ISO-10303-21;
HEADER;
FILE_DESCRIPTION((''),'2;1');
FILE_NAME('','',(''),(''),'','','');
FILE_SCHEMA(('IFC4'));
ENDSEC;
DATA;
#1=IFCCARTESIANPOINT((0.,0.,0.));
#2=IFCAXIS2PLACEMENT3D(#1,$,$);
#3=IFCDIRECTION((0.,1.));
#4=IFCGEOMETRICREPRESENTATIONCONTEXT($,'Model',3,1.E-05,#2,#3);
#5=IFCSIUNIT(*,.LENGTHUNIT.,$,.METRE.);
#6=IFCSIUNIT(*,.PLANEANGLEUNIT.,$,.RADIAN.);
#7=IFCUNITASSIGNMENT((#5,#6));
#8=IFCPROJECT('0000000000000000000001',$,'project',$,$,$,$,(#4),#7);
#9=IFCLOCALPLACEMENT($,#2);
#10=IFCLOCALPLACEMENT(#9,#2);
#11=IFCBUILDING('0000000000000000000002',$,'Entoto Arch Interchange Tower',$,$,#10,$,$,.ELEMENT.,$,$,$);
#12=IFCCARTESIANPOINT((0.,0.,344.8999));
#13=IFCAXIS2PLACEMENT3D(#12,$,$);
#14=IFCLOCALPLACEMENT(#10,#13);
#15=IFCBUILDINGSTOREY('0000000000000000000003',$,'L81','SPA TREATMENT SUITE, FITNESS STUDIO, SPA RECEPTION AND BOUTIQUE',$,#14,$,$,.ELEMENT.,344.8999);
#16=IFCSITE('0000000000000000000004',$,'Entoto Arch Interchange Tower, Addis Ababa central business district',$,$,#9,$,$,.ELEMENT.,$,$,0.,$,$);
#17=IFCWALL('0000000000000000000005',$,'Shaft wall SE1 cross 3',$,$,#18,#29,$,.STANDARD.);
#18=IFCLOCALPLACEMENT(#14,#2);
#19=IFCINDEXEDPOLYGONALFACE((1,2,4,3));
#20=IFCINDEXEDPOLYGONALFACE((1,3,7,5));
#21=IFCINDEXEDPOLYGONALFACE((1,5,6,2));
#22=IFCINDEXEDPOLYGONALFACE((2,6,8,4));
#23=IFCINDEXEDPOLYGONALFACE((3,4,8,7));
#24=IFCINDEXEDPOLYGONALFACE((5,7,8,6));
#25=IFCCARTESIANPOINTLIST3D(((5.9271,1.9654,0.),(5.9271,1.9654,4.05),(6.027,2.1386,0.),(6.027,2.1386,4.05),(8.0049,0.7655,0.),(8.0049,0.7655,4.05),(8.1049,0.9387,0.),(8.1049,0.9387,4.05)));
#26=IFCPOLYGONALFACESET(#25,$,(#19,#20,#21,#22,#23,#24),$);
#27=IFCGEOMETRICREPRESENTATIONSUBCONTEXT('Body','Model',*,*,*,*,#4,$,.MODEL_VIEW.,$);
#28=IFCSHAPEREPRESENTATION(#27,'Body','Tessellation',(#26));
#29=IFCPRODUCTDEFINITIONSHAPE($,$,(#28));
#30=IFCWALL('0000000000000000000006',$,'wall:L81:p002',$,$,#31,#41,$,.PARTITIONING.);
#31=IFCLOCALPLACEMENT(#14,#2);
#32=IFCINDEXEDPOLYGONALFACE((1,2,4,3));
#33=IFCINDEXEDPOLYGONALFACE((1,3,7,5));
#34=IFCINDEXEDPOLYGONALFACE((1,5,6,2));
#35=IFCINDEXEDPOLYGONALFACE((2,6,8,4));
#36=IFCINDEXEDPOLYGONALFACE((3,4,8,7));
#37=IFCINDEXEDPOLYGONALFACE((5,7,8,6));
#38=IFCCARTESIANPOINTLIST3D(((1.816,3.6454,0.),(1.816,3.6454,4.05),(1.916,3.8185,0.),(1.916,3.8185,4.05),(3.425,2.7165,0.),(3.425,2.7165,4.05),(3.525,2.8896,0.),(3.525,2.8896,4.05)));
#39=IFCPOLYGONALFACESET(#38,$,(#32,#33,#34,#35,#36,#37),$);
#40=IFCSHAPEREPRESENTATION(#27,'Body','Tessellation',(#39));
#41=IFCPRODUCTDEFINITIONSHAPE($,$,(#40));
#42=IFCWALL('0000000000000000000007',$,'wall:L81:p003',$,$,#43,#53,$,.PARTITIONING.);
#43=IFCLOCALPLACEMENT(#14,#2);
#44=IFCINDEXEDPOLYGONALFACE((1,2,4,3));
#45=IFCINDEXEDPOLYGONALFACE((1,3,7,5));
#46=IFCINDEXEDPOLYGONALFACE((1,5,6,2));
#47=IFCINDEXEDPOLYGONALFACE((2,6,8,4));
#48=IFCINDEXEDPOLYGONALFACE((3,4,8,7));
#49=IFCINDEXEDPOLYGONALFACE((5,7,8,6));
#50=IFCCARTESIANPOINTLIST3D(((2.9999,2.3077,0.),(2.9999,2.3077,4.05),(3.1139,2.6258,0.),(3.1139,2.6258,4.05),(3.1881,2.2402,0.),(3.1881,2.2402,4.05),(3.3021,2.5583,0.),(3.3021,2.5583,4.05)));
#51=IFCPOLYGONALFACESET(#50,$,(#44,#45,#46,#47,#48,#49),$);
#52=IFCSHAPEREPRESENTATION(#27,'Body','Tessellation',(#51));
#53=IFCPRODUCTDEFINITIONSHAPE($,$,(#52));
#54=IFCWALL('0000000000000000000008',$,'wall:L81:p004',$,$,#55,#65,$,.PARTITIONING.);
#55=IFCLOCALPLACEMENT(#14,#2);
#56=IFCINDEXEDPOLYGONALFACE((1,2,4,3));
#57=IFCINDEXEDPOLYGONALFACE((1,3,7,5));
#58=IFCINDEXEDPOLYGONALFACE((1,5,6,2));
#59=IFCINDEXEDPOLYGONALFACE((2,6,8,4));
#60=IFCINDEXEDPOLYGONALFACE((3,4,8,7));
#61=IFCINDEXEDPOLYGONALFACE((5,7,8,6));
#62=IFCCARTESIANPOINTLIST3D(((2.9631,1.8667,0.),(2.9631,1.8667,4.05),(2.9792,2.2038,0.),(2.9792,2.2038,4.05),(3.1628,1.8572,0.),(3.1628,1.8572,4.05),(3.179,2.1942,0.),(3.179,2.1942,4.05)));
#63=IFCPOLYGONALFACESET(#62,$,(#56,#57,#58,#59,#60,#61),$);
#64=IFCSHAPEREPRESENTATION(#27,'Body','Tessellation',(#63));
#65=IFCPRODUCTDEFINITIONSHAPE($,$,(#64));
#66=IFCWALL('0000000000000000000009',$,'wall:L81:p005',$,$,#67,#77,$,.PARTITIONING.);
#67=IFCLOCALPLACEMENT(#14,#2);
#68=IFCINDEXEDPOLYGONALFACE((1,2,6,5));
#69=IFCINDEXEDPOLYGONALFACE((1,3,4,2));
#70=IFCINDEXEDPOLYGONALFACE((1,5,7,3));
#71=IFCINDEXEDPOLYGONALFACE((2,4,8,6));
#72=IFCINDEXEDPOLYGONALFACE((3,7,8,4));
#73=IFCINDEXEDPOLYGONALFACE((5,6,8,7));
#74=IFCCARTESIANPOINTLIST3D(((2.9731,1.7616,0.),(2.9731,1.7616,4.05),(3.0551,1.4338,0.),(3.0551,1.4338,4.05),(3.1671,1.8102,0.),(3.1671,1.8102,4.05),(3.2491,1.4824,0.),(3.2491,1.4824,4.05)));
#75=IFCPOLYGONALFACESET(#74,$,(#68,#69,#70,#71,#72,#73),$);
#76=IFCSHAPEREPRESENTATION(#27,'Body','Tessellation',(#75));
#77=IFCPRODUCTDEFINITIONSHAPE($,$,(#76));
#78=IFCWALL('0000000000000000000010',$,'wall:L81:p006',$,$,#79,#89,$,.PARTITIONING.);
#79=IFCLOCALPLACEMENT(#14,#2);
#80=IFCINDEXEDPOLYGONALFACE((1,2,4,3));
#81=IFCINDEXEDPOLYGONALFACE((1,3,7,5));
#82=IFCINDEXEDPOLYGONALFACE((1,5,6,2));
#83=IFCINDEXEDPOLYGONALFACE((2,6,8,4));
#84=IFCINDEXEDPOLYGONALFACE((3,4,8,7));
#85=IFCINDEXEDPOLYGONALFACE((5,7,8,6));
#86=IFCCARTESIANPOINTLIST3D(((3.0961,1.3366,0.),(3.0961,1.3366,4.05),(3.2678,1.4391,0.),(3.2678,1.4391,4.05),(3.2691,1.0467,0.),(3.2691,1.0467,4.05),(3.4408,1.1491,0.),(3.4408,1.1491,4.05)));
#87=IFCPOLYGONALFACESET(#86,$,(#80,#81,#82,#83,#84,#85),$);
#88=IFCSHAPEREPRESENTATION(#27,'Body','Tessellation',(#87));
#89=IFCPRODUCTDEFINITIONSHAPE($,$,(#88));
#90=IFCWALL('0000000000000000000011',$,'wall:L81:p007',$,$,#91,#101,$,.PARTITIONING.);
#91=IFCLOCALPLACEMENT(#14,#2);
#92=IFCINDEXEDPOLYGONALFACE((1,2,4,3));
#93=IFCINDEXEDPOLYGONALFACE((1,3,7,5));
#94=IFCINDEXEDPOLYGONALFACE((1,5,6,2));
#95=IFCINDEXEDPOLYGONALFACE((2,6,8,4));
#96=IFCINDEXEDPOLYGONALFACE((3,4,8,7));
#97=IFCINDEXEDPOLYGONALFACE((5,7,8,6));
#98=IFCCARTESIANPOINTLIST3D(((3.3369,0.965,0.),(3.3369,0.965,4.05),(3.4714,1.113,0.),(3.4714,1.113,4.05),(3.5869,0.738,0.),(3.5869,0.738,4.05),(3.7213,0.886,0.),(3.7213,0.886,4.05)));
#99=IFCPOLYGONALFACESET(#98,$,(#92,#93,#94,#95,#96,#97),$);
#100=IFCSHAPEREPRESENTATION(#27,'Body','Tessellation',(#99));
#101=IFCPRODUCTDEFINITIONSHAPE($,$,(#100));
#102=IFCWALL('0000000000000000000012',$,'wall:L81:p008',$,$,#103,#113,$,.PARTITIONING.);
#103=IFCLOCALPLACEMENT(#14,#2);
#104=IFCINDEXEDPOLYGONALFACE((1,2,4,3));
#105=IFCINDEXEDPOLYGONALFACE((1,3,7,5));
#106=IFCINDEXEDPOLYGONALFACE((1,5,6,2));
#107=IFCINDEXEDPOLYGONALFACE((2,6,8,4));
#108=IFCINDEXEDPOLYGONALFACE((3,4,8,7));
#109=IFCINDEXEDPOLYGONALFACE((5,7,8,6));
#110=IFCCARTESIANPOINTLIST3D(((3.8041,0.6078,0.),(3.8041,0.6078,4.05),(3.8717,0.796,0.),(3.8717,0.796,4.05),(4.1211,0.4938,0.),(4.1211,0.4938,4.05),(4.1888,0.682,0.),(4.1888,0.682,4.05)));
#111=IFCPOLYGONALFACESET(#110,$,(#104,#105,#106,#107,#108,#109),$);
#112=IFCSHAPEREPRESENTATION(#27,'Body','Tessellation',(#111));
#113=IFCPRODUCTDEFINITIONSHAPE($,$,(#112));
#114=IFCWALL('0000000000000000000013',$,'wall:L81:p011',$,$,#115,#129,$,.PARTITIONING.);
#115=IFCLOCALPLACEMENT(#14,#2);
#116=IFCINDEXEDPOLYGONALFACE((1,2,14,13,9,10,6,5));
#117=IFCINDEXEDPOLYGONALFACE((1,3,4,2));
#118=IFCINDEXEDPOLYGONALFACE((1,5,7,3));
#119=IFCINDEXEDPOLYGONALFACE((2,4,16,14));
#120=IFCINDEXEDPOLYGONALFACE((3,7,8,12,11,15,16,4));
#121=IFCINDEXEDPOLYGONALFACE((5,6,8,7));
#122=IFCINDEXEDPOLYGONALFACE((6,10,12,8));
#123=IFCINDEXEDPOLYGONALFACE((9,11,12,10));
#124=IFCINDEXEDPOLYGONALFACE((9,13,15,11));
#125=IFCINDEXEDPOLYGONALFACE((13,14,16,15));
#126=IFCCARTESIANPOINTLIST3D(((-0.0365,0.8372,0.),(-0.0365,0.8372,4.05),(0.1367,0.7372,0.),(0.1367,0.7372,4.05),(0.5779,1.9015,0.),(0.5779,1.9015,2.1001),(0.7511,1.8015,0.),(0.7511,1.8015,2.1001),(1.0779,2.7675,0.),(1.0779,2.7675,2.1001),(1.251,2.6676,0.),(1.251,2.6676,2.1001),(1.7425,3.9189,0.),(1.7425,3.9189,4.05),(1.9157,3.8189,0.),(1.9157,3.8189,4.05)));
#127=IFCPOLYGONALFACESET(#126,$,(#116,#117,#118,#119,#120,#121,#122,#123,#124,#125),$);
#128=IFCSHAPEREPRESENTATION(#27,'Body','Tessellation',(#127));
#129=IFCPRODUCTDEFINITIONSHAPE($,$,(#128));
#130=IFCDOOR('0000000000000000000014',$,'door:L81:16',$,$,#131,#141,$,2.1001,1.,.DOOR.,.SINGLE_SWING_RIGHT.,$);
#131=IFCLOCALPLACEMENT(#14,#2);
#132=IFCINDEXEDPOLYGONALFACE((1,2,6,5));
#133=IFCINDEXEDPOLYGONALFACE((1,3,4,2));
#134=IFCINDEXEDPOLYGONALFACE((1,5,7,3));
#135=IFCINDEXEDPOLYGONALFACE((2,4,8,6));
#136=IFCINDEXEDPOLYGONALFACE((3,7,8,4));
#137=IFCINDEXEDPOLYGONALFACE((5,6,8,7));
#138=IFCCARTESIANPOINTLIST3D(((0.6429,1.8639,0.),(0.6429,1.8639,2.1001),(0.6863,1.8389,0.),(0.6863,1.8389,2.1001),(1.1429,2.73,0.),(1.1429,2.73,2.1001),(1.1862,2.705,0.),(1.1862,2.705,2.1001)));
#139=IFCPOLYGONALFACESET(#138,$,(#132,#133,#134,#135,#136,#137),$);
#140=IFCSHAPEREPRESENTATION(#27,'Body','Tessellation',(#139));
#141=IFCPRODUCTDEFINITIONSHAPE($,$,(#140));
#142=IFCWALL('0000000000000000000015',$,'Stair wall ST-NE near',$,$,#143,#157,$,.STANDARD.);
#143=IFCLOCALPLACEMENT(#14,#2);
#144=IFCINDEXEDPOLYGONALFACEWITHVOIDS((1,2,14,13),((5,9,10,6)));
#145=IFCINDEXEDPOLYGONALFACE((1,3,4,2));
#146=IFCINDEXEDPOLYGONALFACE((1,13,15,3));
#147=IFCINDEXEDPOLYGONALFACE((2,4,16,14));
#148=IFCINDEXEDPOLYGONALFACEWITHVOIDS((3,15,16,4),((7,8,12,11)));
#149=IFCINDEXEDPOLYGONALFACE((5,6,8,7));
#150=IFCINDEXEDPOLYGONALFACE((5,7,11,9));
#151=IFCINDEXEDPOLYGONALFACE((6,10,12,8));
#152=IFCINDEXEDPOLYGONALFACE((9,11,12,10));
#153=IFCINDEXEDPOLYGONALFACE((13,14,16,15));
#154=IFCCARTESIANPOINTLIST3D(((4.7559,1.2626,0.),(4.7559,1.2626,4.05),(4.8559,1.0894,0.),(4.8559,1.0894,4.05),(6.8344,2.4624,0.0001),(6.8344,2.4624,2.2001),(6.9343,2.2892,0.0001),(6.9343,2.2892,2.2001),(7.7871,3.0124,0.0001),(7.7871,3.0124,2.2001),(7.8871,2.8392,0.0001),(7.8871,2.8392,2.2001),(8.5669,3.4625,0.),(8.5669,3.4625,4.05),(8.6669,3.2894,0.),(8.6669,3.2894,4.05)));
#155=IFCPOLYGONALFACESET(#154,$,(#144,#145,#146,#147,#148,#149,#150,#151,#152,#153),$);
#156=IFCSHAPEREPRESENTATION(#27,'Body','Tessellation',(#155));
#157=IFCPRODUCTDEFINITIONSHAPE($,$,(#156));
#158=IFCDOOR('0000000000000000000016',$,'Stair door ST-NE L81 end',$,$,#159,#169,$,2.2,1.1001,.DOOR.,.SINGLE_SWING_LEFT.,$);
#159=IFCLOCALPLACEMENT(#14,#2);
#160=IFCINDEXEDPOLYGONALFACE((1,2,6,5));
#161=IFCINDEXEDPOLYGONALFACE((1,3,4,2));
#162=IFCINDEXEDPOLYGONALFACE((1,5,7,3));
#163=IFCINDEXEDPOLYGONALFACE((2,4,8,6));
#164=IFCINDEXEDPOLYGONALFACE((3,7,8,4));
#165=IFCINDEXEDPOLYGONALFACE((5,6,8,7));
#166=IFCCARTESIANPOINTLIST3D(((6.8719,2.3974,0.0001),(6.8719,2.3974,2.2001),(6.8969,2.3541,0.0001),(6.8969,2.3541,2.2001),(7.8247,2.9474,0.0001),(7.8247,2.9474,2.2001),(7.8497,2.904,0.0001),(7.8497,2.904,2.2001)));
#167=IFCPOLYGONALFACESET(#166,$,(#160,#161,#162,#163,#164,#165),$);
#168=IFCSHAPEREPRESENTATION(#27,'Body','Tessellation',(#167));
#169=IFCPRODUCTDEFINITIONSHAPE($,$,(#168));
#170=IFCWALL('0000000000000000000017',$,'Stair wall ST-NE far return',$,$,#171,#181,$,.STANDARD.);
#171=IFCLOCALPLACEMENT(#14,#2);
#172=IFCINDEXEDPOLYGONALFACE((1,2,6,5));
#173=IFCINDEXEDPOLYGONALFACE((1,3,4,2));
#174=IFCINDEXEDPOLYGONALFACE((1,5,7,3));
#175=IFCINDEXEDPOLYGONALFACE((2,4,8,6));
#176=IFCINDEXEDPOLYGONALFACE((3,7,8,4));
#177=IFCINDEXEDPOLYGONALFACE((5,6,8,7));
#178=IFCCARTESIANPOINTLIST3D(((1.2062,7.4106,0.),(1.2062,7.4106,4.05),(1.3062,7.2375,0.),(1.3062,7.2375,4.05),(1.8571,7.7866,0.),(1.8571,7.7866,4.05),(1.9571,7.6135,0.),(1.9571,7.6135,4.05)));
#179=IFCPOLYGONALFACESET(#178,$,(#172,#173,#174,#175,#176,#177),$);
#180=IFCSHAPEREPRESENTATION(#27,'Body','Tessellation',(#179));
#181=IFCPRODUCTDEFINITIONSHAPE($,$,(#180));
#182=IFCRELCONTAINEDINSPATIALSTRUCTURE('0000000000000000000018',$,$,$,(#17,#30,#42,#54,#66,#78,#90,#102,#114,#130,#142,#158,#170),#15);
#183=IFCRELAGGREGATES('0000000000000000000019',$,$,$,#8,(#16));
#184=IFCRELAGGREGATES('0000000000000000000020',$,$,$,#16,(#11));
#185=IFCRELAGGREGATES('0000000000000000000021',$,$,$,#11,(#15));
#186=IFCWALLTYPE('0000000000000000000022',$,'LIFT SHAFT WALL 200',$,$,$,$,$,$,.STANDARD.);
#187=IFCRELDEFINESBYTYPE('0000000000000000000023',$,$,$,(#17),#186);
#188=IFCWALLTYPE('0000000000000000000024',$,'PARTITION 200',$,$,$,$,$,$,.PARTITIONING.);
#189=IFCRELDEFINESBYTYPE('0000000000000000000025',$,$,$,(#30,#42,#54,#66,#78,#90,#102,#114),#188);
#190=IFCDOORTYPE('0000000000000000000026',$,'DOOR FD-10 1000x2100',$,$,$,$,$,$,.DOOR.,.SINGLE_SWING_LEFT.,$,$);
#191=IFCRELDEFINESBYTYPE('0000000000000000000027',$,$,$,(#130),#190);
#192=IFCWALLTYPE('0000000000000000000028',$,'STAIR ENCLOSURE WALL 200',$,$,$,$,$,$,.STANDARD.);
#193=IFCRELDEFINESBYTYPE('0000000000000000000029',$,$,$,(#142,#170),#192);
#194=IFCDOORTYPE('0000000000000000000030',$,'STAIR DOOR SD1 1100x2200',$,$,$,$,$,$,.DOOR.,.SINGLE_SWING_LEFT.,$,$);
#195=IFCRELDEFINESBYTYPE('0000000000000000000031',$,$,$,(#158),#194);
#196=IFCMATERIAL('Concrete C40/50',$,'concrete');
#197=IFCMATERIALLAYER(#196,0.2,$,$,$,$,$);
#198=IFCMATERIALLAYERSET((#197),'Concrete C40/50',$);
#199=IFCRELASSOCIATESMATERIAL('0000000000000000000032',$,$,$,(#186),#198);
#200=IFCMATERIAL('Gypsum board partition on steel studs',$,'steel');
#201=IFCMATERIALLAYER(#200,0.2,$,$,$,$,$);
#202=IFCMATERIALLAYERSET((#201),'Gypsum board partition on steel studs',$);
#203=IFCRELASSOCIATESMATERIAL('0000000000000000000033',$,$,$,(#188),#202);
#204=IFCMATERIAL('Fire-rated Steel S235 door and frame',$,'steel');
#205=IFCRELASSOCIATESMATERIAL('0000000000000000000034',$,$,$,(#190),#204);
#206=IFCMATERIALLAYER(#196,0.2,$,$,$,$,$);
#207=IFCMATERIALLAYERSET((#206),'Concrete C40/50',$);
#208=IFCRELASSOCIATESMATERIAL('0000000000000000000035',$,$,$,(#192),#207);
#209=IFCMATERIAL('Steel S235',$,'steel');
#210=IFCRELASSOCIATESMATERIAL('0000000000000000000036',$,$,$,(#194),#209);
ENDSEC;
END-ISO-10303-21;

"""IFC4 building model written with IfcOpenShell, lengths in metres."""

from ifc_helpers import new_model, si_unit, direction, frame, frame_2d, origin, place, context, subcontext, project, spatial, rectangle, extrude, material, layer, layer_set, type_object, element, fill, save


model = new_model("IFC4")

# Units and contexts
model_context = context("Model", 3, precision=1e-05, world=origin(), true_north=direction((0.0, 1.0)))
body_context = subcontext(model_context, "Body", "Model", "MODEL_VIEW")
ifc_project = project(units=[si_unit("LENGTHUNIT", "METRE"), si_unit("PLANEANGLEUNIT", "RADIAN")], contexts=[model_context])

# Site, building, storey
site_placement = place(None, origin())
site = spatial("IfcSite", under=ifc_project, at=site_placement, Name="Entoto Arch Interchange Tower, Addis Ababa central business district", CompositionType="ELEMENT", RefElevation=0.0)
building_placement = place(site_placement, origin())
building = spatial("IfcBuilding", under=site, at=building_placement, Name="Entoto Arch Interchange Tower", CompositionType="ELEMENT")
storey_placement = place(building_placement, frame((0.0, 0.0, 344.8999)))
storey = spatial("IfcBuildingStorey", under=building, at=storey_placement, Name="L81", Description="SPA TREATMENT SUITE, FITNESS STUDIO, SPA RECEPTION AND BOUTIQUE", CompositionType="ELEMENT", Elevation=344.8999)

# Walls
ifc_material_1 = material(Name="Concrete C40/50", Category="concrete")
ifc_layer_1 = layer(ifc_material_1, 0.2)
ifc_layer_set_1 = layer_set([ifc_layer_1], Name="Concrete C40/50")
wall_type_1 = type_object("IfcWallType", Name="LIFT SHAFT WALL 200", PredefinedType="STANDARD", material=ifc_layer_set_1)
wall_1_placement = place(storey_placement, frame((5.9771, 2.052, 0.0), z_axis=(0.0, 0.0, 1.0), x_axis=(0.865974, -0.500089, 0.0)))
element("IfcWall", 1, at=wall_1_placement, inside=storey, type_object=wall_type_1, Name="Shaft wall SE1 cross 3", PredefinedType="STANDARD", context=body_context, shape_type="SweptSolid", body=[
    extrude(rectangle(XDim=2.3994, YDim=0.2, at=frame_2d((1.1997, 0.0))), origin(), (0.0, 0.0, 1.0), 4.05),
])
ifc_material_2 = material(Name="Gypsum board partition on steel studs", Category="steel")
ifc_layer_2 = layer(ifc_material_2, 0.2)
ifc_layer_set_2 = layer_set([ifc_layer_2], Name="Gypsum board partition on steel studs")
wall_type_2 = type_object("IfcWallType", Name="PARTITION 200", PredefinedType="PARTITIONING", material=ifc_layer_set_2)
wall_2_placement = place(storey_placement, frame((1.866, 3.7319, 0.0), z_axis=(0.0, 0.0, 1.0), x_axis=(0.866043, -0.499969, 0.0)))
element("IfcWall", 2, at=wall_2_placement, inside=storey, type_object=wall_type_2, Name="wall:L81:p002", PredefinedType="PARTITIONING", context=body_context, shape_type="SweptSolid", body=[
    extrude(rectangle(XDim=1.8579, YDim=0.2, at=frame_2d((0.929, 0.0))), origin(), (0.0, 0.0, 1.0), 4.05),
])
wall_3_placement = place(storey_placement, frame((3.208, 2.592, 0.0), z_axis=(0.0, 0.0, 1.0), x_axis=(-0.337389, -0.941365, 0.0)))
element("IfcWall", 3, at=wall_3_placement, inside=storey, type_object=wall_type_2, Name="wall:L81:p003", PredefinedType="PARTITIONING", context=body_context, shape_type="SweptSolid", body=[
    extrude(rectangle(XDim=0.3379, YDim=0.2, at=frame_2d((0.1689, 0.0))), origin(), (0.0, 0.0, 1.0), 4.05),
])
wall_4_placement = place(storey_placement, frame((3.0791, 2.199, 0.0), z_axis=(0.0, 0.0, 1.0), x_axis=(-0.047771, -0.998858, 0.0)))
element("IfcWall", 4, at=wall_4_placement, inside=storey, type_object=wall_type_2, Name="wall:L81:p004", PredefinedType="PARTITIONING", context=body_context, shape_type="SweptSolid", body=[
    extrude(rectangle(XDim=0.3374, YDim=0.2, at=frame_2d((0.1687, 0.0))), origin(), (0.0, 0.0, 1.0), 4.05),
])
wall_5_placement = place(storey_placement, frame((3.0701, 1.7859, 0.0), z_axis=(0.0, 0.0, 1.0), x_axis=(0.242706, -0.9701, 0.0)))
element("IfcWall", 5, at=wall_5_placement, inside=storey, type_object=wall_type_2, Name="wall:L81:p005", PredefinedType="PARTITIONING", context=body_context, shape_type="SweptSolid", body=[
    extrude(rectangle(XDim=0.3379, YDim=0.2, at=frame_2d((0.1689, 0.0))), origin(), (0.0, 0.0, 1.0), 4.05),
])
for number, where, z_axis, x_axis, name in (
    (6, (3.1819, 1.3879, 0.0), (0.0, 0.0, 1.0), (0.512475, -0.858702, 0.0), "wall:L81:p006"),
    (7, (3.4041, 1.0391, 0.0), (0.0, 0.0, 1.0), (0.740267, -0.672313, 0.0), "wall:L81:p007"),
):
    element("IfcWall", number, at=place(storey_placement, frame(where, z_axis=z_axis, x_axis=x_axis)), inside=storey, type_object=wall_type_2, Name=name, PredefinedType="PARTITIONING", context=body_context, shape_type="SweptSolid", body=[
        extrude(rectangle(XDim=0.3376, YDim=0.2, at=frame_2d((0.1689, 0.0))), origin(), (0.0, 0.0, 1.0), 4.05),
    ])
wall_6_placement = place(storey_placement, frame((3.8379, 0.7019, 0.0), z_axis=(0.0, 0.0, 1.0), x_axis=(0.941035, -0.338309, 0.0)))
element("IfcWall", 8, at=wall_6_placement, inside=storey, type_object=wall_type_2, Name="wall:L81:p008", PredefinedType="PARTITIONING", context=body_context, shape_type="SweptSolid", body=[
    extrude(rectangle(XDim=0.3369, YDim=0.2, at=frame_2d((0.1685, 0.0))), origin(), (0.0, 0.0, 1.0), 4.05),
])

# Walls, openings, doors
wall_7_placement = place(storey_placement, frame((0.05, 0.7871, 0.0), z_axis=(0.0, 0.0, 1.0), x_axis=(0.499954, 0.866052, 0.0)))
wall_7 = element("IfcWall", 9, at=wall_7_placement, inside=storey, type_object=wall_type_2, Name="wall:L81:p011", PredefinedType="PARTITIONING", context=body_context, shape_type="SweptSolid", body=[
    extrude(rectangle(XDim=3.5583, YDim=0.2, at=frame_2d((1.7793, 0.0))), origin(), (0.0, 0.0, 1.0), 4.05),
])
opening_1_placement = place(wall_7_placement, frame((1.229, 0.0, 0.0)))
opening_1 = element("IfcOpeningElement", 10, at=opening_1_placement, cuts=wall_7, PredefinedType="OPENING", context=body_context, shape_type="SweptSolid", body=[
    extrude(rectangle(XDim=1.0, YDim=2.1001, at=frame_2d((0.5, 1.05))), frame((0.0, 0.1099, 0.0), z_axis=(0.0, -1.0, 0.0), x_axis=(1.0, 0.0, 0.0)), (0.0, 0.0, 1.0), 0.22),
])
ifc_material_3 = material(Name="Fire-rated Steel S235 door and frame", Category="steel")
door_type_1 = type_object("IfcDoorType", Name="DOOR FD-10 1000x2100", OperationType="SINGLE_SWING_LEFT", PredefinedType="DOOR", material=ifc_material_3)
door_1_placement = place(opening_1_placement, origin())
door_1 = element("IfcDoor", 11, at=door_1_placement, inside=storey, type_object=door_type_1, Name="door:L81:16", OperationType="SINGLE_SWING_RIGHT", OverallHeight=2.1001, OverallWidth=1.0, PredefinedType="DOOR", context=body_context, shape_type="SweptSolid", body=[
    extrude(rectangle(XDim=1.0, YDim=2.1001, at=frame_2d((0.5, 1.05))), frame((0.0, 0.0249, 0.0), z_axis=(0.0, -1.0, 0.0), x_axis=(1.0, 0.0, 0.0)), (0.0, 0.0, 1.0), 0.05),
])
fill(opening_1, door_1)
ifc_layer_3 = layer(ifc_material_1, 0.2)
ifc_layer_set_3 = layer_set([ifc_layer_3], Name="Concrete C40/50")
wall_type_3 = type_object("IfcWallType", Name="STAIR ENCLOSURE WALL 200", PredefinedType="STANDARD", material=ifc_layer_set_3)
wall_8_placement = place(storey_placement, frame((4.8059, 1.176, 0.0), z_axis=(0.0, 0.0, 1.0), x_axis=(0.86606, 0.49994, 0.0)))
wall_8 = element("IfcWall", 12, at=wall_8_placement, inside=storey, type_object=wall_type_3, Name="Stair wall ST-NE near", PredefinedType="STANDARD", context=body_context, shape_type="SweptSolid", body=[
    extrude(rectangle(XDim=4.4004, YDim=0.2, at=frame_2d((2.2002, 0.0))), origin(), (0.0, 0.0, 1.0), 4.05),
])
opening_2_placement = place(wall_8_placement, frame((2.3999, 0.0, 0.0)))
opening_2 = element("IfcOpeningElement", 13, at=opening_2_placement, cuts=wall_8, PredefinedType="OPENING", context=body_context, shape_type="SweptSolid", body=[
    extrude(rectangle(XDim=1.1001, YDim=2.2, at=frame_2d((0.55, 1.1001))), frame((0.0, 0.1099, 0.0), z_axis=(0.0, -1.0, 0.0), x_axis=(1.0, 0.0, 0.0)), (0.0, 0.0, 1.0), 0.22),
])
ifc_material_4 = material(Name="Steel S235", Category="steel")
door_type_2 = type_object("IfcDoorType", Name="STAIR DOOR SD1 1100x2200", OperationType="SINGLE_SWING_LEFT", PredefinedType="DOOR", material=ifc_material_4)
door_2_placement = place(opening_2_placement, origin())
door_2 = element("IfcDoor", 14, at=door_2_placement, inside=storey, type_object=door_type_2, Name="Stair door ST-NE L81 end", OperationType="SINGLE_SWING_LEFT", OverallHeight=2.2, OverallWidth=1.1001, PredefinedType="DOOR", context=body_context, shape_type="SweptSolid", body=[
    extrude(rectangle(XDim=1.1001, YDim=2.2, at=frame_2d((0.55, 1.1001))), frame((0.0, 0.0249, 0.0), z_axis=(0.0, -1.0, 0.0), x_axis=(1.0, 0.0, 0.0)), (0.0, 0.0, 1.0), 0.05),
])
fill(opening_2, door_2)

# Wall
wall_9_placement = place(storey_placement, frame((1.2561, 7.324, 0.0), z_axis=(0.0, 0.0, 1.0), x_axis=(0.865915, 0.500191, 0.0)))
element("IfcWall", 15, at=wall_9_placement, inside=storey, type_object=wall_type_3, Name="Stair wall ST-NE far return", PredefinedType="STANDARD", context=body_context, shape_type="SweptSolid", body=[
    extrude(rectangle(XDim=0.7517, YDim=0.2, at=frame_2d((0.376, 0.0))), origin(), (0.0, 0.0, 1.0), 4.05),
])

save(model, "model.ifc")
